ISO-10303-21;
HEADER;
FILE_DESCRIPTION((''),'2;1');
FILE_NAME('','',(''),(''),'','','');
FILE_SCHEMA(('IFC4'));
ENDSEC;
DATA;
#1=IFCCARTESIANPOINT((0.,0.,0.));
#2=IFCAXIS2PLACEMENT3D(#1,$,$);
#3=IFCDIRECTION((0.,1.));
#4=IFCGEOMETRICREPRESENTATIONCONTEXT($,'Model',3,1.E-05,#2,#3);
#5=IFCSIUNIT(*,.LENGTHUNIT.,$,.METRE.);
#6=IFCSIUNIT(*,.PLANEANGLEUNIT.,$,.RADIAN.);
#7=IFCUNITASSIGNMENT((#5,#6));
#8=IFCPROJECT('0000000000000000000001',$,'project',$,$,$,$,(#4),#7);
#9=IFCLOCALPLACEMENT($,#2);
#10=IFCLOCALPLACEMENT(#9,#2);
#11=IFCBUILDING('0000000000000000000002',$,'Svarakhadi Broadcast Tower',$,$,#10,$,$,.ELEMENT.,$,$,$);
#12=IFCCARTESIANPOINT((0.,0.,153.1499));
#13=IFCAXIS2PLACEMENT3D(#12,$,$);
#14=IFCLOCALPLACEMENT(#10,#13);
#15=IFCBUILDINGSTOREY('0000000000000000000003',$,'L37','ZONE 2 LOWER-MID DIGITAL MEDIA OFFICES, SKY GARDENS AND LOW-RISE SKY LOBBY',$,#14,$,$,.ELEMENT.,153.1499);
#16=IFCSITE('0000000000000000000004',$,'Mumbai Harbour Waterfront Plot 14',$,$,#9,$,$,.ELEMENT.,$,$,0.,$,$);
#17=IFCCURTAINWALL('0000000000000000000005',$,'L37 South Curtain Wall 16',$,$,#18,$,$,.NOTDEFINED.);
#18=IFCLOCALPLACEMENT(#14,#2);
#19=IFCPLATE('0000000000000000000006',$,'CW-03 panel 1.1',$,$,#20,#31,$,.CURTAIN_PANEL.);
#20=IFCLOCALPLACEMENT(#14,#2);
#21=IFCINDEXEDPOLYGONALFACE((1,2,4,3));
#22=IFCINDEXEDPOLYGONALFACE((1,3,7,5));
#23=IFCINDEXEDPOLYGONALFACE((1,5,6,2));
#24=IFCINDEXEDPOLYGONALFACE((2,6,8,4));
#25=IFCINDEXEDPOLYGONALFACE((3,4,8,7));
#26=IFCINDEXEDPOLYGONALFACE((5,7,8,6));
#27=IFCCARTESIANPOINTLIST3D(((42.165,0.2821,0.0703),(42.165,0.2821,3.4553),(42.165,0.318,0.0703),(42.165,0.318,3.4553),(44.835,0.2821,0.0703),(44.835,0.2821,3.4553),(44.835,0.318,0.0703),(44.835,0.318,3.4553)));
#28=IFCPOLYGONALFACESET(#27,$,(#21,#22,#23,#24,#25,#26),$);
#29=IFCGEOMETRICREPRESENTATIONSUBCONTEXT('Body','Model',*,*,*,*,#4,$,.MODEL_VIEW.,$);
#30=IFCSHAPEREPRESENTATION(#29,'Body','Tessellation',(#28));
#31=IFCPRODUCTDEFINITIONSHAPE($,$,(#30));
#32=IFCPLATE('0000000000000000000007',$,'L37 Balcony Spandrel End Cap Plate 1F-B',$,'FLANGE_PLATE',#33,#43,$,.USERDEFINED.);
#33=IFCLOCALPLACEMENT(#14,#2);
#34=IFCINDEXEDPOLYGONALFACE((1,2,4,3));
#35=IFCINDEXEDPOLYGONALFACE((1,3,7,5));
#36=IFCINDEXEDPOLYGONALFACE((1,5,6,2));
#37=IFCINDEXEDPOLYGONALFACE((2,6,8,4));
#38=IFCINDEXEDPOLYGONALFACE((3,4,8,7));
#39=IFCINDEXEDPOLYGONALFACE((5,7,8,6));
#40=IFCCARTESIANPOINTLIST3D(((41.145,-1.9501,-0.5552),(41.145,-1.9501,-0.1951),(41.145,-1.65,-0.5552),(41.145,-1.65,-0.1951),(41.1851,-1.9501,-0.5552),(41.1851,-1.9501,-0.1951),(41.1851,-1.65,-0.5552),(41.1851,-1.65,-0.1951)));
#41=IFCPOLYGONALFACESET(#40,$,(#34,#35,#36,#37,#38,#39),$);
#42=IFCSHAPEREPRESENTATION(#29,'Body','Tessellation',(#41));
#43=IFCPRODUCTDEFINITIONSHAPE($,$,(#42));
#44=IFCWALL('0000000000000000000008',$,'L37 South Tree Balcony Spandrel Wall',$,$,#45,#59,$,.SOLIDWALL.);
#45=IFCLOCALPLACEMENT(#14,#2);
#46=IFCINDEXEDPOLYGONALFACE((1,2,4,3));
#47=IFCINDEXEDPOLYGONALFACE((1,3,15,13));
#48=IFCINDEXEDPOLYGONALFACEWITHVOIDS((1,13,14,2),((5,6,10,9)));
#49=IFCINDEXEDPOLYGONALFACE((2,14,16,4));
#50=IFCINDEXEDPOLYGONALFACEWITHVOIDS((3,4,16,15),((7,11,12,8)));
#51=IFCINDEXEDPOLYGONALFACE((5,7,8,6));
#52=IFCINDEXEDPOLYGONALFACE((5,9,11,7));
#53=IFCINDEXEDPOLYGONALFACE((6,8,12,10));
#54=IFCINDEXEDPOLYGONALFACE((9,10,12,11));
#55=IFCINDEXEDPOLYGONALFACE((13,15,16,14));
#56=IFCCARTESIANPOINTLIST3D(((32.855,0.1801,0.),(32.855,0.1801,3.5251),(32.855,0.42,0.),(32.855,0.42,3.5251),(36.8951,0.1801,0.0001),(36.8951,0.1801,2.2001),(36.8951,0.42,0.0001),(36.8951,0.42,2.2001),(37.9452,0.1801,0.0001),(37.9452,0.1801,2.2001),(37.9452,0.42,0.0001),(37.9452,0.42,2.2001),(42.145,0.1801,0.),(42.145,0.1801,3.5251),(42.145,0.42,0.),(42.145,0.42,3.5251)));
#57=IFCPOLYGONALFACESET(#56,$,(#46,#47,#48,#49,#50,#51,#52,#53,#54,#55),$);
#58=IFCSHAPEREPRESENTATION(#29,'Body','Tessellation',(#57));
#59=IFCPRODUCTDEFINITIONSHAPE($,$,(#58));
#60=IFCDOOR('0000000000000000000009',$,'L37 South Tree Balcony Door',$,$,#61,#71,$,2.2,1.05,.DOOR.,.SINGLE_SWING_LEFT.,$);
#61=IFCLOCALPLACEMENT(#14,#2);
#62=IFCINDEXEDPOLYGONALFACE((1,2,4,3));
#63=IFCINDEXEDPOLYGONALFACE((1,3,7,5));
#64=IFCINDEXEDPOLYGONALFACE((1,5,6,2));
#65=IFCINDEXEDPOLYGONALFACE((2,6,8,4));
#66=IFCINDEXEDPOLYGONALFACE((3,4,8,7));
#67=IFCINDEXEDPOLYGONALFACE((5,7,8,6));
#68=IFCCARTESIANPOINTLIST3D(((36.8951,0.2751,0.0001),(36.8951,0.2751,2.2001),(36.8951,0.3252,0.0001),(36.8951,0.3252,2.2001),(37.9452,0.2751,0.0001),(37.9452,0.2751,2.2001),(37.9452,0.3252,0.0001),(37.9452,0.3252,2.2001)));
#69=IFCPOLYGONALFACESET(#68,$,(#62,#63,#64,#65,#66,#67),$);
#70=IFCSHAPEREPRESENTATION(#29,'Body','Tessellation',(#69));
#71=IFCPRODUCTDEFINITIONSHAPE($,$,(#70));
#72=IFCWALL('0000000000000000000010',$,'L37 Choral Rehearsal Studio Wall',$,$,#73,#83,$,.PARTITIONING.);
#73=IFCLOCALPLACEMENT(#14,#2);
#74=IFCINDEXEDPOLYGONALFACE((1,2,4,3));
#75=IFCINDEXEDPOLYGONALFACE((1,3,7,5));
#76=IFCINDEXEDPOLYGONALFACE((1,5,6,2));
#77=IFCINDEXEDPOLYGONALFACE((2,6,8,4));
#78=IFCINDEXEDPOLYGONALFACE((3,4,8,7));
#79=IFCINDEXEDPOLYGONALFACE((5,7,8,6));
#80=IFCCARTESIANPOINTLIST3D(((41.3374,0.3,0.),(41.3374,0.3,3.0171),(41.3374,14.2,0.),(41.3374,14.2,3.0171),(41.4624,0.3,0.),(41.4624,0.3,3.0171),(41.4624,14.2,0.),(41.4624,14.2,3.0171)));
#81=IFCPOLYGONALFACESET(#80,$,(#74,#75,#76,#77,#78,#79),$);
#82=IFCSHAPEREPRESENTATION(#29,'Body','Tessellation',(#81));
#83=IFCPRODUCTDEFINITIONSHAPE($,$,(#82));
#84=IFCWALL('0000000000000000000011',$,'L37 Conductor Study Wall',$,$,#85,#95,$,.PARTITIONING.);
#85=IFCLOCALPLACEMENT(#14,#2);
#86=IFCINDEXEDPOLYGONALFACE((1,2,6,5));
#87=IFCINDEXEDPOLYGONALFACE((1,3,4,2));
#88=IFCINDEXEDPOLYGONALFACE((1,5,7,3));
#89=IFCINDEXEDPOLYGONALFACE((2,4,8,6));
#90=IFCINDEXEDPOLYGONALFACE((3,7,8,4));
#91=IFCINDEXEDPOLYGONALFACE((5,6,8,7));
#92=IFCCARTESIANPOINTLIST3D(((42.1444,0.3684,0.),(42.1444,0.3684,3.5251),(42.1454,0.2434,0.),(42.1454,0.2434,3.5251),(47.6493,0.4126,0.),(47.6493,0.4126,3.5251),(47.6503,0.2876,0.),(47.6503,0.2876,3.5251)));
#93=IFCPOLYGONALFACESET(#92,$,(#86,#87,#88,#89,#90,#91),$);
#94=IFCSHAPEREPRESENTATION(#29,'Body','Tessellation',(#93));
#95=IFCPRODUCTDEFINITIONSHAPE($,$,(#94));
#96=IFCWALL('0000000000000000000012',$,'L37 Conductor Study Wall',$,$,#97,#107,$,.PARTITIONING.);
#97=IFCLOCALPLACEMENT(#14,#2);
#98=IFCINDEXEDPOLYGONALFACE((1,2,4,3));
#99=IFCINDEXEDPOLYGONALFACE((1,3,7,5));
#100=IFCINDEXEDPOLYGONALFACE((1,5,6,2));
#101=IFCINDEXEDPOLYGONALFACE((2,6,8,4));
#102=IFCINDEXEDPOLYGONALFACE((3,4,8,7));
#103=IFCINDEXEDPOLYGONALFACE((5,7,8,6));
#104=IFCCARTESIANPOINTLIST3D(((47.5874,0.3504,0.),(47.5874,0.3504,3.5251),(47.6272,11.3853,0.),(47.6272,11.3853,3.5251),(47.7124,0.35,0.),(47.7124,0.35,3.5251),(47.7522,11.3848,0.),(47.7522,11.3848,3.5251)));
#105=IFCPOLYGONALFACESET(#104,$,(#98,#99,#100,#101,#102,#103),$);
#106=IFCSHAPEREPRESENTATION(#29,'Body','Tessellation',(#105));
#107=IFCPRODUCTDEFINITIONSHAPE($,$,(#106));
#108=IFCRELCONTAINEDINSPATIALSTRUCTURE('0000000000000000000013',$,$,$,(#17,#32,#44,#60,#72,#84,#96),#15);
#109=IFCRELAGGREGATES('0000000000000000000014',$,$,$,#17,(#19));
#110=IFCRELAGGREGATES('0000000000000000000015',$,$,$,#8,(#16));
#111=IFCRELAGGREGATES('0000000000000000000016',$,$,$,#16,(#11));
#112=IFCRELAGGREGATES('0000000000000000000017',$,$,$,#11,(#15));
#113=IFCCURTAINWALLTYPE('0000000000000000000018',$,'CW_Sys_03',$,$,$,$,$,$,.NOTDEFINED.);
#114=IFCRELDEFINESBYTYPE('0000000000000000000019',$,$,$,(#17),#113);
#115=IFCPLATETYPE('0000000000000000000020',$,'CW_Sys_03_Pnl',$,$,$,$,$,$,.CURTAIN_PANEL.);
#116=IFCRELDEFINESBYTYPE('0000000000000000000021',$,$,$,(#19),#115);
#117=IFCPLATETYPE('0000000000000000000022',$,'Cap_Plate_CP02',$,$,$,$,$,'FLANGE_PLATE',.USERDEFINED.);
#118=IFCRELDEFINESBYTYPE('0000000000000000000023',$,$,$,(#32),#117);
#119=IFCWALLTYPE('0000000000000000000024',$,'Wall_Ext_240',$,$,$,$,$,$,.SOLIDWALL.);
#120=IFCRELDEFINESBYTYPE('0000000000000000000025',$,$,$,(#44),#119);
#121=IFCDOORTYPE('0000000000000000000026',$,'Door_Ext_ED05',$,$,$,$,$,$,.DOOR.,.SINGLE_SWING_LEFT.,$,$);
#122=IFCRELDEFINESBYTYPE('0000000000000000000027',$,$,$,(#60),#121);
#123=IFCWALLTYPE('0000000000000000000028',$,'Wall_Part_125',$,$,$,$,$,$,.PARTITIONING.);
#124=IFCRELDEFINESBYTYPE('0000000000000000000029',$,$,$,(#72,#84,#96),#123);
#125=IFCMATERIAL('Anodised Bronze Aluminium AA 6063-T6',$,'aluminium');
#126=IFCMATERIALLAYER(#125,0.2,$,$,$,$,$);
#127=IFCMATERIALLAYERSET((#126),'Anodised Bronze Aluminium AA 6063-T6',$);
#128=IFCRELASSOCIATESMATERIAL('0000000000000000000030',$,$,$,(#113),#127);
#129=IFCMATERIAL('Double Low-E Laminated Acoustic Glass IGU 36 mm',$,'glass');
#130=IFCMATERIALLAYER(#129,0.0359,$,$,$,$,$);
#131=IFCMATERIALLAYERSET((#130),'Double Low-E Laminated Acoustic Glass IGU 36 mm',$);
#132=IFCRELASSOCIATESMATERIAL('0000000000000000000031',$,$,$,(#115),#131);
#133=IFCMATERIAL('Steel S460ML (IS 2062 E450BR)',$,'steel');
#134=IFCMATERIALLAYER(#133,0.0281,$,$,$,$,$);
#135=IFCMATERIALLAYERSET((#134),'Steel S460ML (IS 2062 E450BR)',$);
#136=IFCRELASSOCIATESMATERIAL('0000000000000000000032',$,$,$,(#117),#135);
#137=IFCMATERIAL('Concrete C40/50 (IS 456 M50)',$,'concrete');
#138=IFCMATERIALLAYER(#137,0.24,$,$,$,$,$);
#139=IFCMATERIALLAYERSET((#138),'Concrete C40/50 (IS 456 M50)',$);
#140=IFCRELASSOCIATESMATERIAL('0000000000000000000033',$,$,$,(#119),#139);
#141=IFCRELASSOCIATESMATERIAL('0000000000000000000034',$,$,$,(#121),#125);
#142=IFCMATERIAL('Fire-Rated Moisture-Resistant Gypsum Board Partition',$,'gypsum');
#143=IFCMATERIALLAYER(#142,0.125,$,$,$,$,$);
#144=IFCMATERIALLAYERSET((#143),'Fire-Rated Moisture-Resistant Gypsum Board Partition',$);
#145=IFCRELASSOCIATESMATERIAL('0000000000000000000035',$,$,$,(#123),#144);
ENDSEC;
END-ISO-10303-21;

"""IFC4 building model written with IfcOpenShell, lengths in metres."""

from ifc_helpers import new_model, si_unit, direction, frame, frame_2d, origin, origin_2d, place, context, subcontext, project, spatial, rectangle, extrude, material, layer, layer_set, type_object, element, fill, aggregate, save


model = new_model("IFC4")

# Units and contexts
model_context = context("Model", 3, precision=1e-05, world=origin(), true_north=direction((0.0, 1.0)))
body_context = subcontext(model_context, "Body", "Model", "MODEL_VIEW")
ifc_project = project(units=[si_unit("LENGTHUNIT", "METRE"), si_unit("PLANEANGLEUNIT", "RADIAN")], contexts=[model_context])

# Site, building, storey
site_placement = place(None, origin())
site = spatial("IfcSite", under=ifc_project, at=site_placement, Name="Mumbai Harbour Waterfront Plot 14", CompositionType="ELEMENT", RefElevation=0.0)
building_placement = place(site_placement, origin())
building = spatial("IfcBuilding", under=site, at=building_placement, Name="Svarakhadi Broadcast Tower", CompositionType="ELEMENT")
storey_placement = place(building_placement, frame((0.0, 0.0, 153.1499)))
storey = spatial("IfcBuildingStorey", under=building, at=storey_placement, Name="L37", Description="ZONE 2 LOWER-MID DIGITAL MEDIA OFFICES, SKY GARDENS AND LOW-RISE SKY LOBBY", CompositionType="ELEMENT", Elevation=153.1499)

# Shared definitions
ifc_material_1 = material(Name="Steel S460ML (IS 2062 E450BR)", Category="steel")

# Curtain wall
ifc_material_2 = material(Name="Anodised Bronze Aluminium AA 6063-T6", Category="aluminium")
ifc_layer_1 = layer(ifc_material_2, 0.2)
ifc_layer_set_1 = layer_set([ifc_layer_1], Name="Anodised Bronze Aluminium AA 6063-T6")
curtain_wall_type = type_object("IfcCurtainWallType", Name="CW_Sys_03", PredefinedType="NOTDEFINED", material=ifc_layer_set_1)
curtain_wall_1_placement = place(storey_placement, origin())
curtain_wall_1 = element("IfcCurtainWall", 1, at=curtain_wall_1_placement, inside=storey, type_object=curtain_wall_type, Name="L37 South Curtain Wall 16", PredefinedType="NOTDEFINED")

# Plates
ifc_material_3 = material(Name="Double Low-E Laminated Acoustic Glass IGU 36 mm", Category="glass")
ifc_layer_2 = layer(ifc_material_3, 0.0359)
ifc_layer_set_2 = layer_set([ifc_layer_2], Name="Double Low-E Laminated Acoustic Glass IGU 36 mm")
plate_type_1 = type_object("IfcPlateType", Name="CW_Sys_03_Pnl", PredefinedType="CURTAIN_PANEL", material=ifc_layer_set_2)
plate_1_placement = place(storey_placement, frame((43.5, 0.3, 0.0703), z_axis=(0.0, 0.0, 1.0), x_axis=(-1.0, 0.0, 0.0)))
plate_1 = element("IfcPlate", 2, at=plate_1_placement, type_object=plate_type_1, Name="CW-03 panel 1.1", PredefinedType="CURTAIN_PANEL", context=body_context, shape_type="SweptSolid", body=[
    extrude(rectangle(XDim=2.6699, YDim=0.0359, at=origin_2d()), origin(), (0.0, 0.0, 1.0), 3.385),
])
aggregate(curtain_wall_1, [plate_1])
ifc_layer_3 = layer(ifc_material_1, 0.0281)
ifc_layer_set_3 = layer_set([ifc_layer_3], Name="Steel S460ML (IS 2062 E450BR)")
plate_type_2 = type_object("IfcPlateType", Name="Cap_Plate_CP02", ElementType="FLANGE_PLATE", PredefinedType="USERDEFINED", material=ifc_layer_set_3)
plate_2_placement = place(storey_placement, frame((41.165, -1.8, -0.5552), z_axis=(0.0, 0.0, 1.0), x_axis=(1.0, 0.0, 0.0)))
element("IfcPlate", 3, at=plate_2_placement, inside=storey, type_object=plate_type_2, Name="L37 Balcony Spandrel End Cap Plate 1F-B", ObjectType="FLANGE_PLATE", PredefinedType="USERDEFINED", context=body_context, shape_type="SweptSolid", body=[
    extrude(rectangle(XDim=0.04, YDim=0.3, at=origin_2d()), origin(), (0.0, 0.0, 1.0), 0.3601),
])

# Wall, opening, door
ifc_material_4 = material(Name="Concrete C40/50 (IS 456 M50)", Category="concrete")
ifc_layer_4 = layer(ifc_material_4, 0.24)
ifc_layer_set_4 = layer_set([ifc_layer_4], Name="Concrete C40/50 (IS 456 M50)")
wall_type_1 = type_object("IfcWallType", Name="Wall_Ext_240", PredefinedType="SOLIDWALL", material=ifc_layer_set_4)
wall_1_placement = place(storey_placement, frame((42.145, 0.3, 0.0), z_axis=(0.0, 0.0, 1.0), x_axis=(-1.0, 0.0, 0.0)))
wall_1 = element("IfcWall", 4, at=wall_1_placement, inside=storey, type_object=wall_type_1, Name="L37 South Tree Balcony Spandrel Wall", PredefinedType="SOLIDWALL", context=body_context, shape_type="SweptSolid", body=[
    extrude(rectangle(XDim=9.29, YDim=0.24, at=frame_2d((4.645, 0.0))), origin(), (0.0, 0.0, 1.0), 3.5251),
])
opening_placement = place(wall_1_placement, frame((4.2, 0.0, 0.0)))
opening = element("IfcOpeningElement", 5, at=opening_placement, cuts=wall_1, PredefinedType="OPENING", context=body_context, shape_type="SweptSolid", body=[
    extrude(rectangle(XDim=1.05, YDim=2.2, at=frame_2d((0.5249, 1.1001))), frame((0.0, 0.1299, 0.0), z_axis=(0.0, -1.0, 0.0), x_axis=(1.0, 0.0, 0.0)), (0.0, 0.0, 1.0), 0.26),
])
door_type = type_object("IfcDoorType", Name="Door_Ext_ED05", OperationType="SINGLE_SWING_LEFT", PredefinedType="DOOR", material=ifc_material_2)
door_placement = place(opening_placement, origin())
door = element("IfcDoor", 6, at=door_placement, inside=storey, type_object=door_type, Name="L37 South Tree Balcony Door", OperationType="SINGLE_SWING_LEFT", OverallHeight=2.2, OverallWidth=1.05, PredefinedType="DOOR", context=body_context, shape_type="SweptSolid", body=[
    extrude(rectangle(XDim=1.05, YDim=2.2, at=frame_2d((0.5249, 1.1001))), frame((0.0, 0.0249, 0.0), z_axis=(0.0, -1.0, 0.0), x_axis=(1.0, 0.0, 0.0)), (0.0, 0.0, 1.0), 0.05),
])
fill(opening, door)

# Walls
ifc_material_5 = material(Name="Fire-Rated Moisture-Resistant Gypsum Board Partition", Category="gypsum")
ifc_layer_5 = layer(ifc_material_5, 0.125)
ifc_layer_set_5 = layer_set([ifc_layer_5], Name="Fire-Rated Moisture-Resistant Gypsum Board Partition")
wall_type_2 = type_object("IfcWallType", Name="Wall_Part_125", PredefinedType="PARTITIONING", material=ifc_layer_set_5)
wall_2_placement = place(storey_placement, frame((41.3999, 0.3, 0.0), z_axis=(0.0, 0.0, 1.0), x_axis=(0.0, 1.0, 0.0)))
element("IfcWall", 7, at=wall_2_placement, inside=storey, type_object=wall_type_2, Name="L37 Choral Rehearsal Studio Wall", PredefinedType="PARTITIONING", context=body_context, shape_type="SweptSolid", body=[
    extrude(rectangle(XDim=13.8999, YDim=0.125, at=frame_2d((6.95, 0.0))), origin(), (0.0, 0.0, 1.0), 3.0171),
])
wall_3_placement = place(storey_placement, frame((42.145, 0.3059, 0.0), z_axis=(0.0, 0.0, 1.0), x_axis=(0.999968, 0.008027, 0.0)))
element("IfcWall", 8, at=wall_3_placement, inside=storey, type_object=wall_type_2, Name="L37 Conductor Study Wall", PredefinedType="PARTITIONING", context=body_context, shape_type="SweptSolid", body=[
    extrude(rectangle(XDim=5.5051, YDim=0.125, at=frame_2d((2.7524, 0.0))), origin(), (0.0, 0.0, 1.0), 3.5251),
])
wall_4_placement = place(storey_placement, frame((47.6499, 0.3501, 0.0), z_axis=(0.0, 0.0, 1.0), x_axis=(0.003606, 0.999993, 0.0)))
element("IfcWall", 9, at=wall_4_placement, inside=storey, type_object=wall_type_2, Name="L37 Conductor Study Wall", PredefinedType="PARTITIONING", context=body_context, shape_type="SweptSolid", body=[
    extrude(rectangle(XDim=11.0349, YDim=0.125, at=frame_2d((5.5176, 0.0))), origin(), (0.0, 0.0, 1.0), 3.5251),
])

save(model, "model.ifc")
